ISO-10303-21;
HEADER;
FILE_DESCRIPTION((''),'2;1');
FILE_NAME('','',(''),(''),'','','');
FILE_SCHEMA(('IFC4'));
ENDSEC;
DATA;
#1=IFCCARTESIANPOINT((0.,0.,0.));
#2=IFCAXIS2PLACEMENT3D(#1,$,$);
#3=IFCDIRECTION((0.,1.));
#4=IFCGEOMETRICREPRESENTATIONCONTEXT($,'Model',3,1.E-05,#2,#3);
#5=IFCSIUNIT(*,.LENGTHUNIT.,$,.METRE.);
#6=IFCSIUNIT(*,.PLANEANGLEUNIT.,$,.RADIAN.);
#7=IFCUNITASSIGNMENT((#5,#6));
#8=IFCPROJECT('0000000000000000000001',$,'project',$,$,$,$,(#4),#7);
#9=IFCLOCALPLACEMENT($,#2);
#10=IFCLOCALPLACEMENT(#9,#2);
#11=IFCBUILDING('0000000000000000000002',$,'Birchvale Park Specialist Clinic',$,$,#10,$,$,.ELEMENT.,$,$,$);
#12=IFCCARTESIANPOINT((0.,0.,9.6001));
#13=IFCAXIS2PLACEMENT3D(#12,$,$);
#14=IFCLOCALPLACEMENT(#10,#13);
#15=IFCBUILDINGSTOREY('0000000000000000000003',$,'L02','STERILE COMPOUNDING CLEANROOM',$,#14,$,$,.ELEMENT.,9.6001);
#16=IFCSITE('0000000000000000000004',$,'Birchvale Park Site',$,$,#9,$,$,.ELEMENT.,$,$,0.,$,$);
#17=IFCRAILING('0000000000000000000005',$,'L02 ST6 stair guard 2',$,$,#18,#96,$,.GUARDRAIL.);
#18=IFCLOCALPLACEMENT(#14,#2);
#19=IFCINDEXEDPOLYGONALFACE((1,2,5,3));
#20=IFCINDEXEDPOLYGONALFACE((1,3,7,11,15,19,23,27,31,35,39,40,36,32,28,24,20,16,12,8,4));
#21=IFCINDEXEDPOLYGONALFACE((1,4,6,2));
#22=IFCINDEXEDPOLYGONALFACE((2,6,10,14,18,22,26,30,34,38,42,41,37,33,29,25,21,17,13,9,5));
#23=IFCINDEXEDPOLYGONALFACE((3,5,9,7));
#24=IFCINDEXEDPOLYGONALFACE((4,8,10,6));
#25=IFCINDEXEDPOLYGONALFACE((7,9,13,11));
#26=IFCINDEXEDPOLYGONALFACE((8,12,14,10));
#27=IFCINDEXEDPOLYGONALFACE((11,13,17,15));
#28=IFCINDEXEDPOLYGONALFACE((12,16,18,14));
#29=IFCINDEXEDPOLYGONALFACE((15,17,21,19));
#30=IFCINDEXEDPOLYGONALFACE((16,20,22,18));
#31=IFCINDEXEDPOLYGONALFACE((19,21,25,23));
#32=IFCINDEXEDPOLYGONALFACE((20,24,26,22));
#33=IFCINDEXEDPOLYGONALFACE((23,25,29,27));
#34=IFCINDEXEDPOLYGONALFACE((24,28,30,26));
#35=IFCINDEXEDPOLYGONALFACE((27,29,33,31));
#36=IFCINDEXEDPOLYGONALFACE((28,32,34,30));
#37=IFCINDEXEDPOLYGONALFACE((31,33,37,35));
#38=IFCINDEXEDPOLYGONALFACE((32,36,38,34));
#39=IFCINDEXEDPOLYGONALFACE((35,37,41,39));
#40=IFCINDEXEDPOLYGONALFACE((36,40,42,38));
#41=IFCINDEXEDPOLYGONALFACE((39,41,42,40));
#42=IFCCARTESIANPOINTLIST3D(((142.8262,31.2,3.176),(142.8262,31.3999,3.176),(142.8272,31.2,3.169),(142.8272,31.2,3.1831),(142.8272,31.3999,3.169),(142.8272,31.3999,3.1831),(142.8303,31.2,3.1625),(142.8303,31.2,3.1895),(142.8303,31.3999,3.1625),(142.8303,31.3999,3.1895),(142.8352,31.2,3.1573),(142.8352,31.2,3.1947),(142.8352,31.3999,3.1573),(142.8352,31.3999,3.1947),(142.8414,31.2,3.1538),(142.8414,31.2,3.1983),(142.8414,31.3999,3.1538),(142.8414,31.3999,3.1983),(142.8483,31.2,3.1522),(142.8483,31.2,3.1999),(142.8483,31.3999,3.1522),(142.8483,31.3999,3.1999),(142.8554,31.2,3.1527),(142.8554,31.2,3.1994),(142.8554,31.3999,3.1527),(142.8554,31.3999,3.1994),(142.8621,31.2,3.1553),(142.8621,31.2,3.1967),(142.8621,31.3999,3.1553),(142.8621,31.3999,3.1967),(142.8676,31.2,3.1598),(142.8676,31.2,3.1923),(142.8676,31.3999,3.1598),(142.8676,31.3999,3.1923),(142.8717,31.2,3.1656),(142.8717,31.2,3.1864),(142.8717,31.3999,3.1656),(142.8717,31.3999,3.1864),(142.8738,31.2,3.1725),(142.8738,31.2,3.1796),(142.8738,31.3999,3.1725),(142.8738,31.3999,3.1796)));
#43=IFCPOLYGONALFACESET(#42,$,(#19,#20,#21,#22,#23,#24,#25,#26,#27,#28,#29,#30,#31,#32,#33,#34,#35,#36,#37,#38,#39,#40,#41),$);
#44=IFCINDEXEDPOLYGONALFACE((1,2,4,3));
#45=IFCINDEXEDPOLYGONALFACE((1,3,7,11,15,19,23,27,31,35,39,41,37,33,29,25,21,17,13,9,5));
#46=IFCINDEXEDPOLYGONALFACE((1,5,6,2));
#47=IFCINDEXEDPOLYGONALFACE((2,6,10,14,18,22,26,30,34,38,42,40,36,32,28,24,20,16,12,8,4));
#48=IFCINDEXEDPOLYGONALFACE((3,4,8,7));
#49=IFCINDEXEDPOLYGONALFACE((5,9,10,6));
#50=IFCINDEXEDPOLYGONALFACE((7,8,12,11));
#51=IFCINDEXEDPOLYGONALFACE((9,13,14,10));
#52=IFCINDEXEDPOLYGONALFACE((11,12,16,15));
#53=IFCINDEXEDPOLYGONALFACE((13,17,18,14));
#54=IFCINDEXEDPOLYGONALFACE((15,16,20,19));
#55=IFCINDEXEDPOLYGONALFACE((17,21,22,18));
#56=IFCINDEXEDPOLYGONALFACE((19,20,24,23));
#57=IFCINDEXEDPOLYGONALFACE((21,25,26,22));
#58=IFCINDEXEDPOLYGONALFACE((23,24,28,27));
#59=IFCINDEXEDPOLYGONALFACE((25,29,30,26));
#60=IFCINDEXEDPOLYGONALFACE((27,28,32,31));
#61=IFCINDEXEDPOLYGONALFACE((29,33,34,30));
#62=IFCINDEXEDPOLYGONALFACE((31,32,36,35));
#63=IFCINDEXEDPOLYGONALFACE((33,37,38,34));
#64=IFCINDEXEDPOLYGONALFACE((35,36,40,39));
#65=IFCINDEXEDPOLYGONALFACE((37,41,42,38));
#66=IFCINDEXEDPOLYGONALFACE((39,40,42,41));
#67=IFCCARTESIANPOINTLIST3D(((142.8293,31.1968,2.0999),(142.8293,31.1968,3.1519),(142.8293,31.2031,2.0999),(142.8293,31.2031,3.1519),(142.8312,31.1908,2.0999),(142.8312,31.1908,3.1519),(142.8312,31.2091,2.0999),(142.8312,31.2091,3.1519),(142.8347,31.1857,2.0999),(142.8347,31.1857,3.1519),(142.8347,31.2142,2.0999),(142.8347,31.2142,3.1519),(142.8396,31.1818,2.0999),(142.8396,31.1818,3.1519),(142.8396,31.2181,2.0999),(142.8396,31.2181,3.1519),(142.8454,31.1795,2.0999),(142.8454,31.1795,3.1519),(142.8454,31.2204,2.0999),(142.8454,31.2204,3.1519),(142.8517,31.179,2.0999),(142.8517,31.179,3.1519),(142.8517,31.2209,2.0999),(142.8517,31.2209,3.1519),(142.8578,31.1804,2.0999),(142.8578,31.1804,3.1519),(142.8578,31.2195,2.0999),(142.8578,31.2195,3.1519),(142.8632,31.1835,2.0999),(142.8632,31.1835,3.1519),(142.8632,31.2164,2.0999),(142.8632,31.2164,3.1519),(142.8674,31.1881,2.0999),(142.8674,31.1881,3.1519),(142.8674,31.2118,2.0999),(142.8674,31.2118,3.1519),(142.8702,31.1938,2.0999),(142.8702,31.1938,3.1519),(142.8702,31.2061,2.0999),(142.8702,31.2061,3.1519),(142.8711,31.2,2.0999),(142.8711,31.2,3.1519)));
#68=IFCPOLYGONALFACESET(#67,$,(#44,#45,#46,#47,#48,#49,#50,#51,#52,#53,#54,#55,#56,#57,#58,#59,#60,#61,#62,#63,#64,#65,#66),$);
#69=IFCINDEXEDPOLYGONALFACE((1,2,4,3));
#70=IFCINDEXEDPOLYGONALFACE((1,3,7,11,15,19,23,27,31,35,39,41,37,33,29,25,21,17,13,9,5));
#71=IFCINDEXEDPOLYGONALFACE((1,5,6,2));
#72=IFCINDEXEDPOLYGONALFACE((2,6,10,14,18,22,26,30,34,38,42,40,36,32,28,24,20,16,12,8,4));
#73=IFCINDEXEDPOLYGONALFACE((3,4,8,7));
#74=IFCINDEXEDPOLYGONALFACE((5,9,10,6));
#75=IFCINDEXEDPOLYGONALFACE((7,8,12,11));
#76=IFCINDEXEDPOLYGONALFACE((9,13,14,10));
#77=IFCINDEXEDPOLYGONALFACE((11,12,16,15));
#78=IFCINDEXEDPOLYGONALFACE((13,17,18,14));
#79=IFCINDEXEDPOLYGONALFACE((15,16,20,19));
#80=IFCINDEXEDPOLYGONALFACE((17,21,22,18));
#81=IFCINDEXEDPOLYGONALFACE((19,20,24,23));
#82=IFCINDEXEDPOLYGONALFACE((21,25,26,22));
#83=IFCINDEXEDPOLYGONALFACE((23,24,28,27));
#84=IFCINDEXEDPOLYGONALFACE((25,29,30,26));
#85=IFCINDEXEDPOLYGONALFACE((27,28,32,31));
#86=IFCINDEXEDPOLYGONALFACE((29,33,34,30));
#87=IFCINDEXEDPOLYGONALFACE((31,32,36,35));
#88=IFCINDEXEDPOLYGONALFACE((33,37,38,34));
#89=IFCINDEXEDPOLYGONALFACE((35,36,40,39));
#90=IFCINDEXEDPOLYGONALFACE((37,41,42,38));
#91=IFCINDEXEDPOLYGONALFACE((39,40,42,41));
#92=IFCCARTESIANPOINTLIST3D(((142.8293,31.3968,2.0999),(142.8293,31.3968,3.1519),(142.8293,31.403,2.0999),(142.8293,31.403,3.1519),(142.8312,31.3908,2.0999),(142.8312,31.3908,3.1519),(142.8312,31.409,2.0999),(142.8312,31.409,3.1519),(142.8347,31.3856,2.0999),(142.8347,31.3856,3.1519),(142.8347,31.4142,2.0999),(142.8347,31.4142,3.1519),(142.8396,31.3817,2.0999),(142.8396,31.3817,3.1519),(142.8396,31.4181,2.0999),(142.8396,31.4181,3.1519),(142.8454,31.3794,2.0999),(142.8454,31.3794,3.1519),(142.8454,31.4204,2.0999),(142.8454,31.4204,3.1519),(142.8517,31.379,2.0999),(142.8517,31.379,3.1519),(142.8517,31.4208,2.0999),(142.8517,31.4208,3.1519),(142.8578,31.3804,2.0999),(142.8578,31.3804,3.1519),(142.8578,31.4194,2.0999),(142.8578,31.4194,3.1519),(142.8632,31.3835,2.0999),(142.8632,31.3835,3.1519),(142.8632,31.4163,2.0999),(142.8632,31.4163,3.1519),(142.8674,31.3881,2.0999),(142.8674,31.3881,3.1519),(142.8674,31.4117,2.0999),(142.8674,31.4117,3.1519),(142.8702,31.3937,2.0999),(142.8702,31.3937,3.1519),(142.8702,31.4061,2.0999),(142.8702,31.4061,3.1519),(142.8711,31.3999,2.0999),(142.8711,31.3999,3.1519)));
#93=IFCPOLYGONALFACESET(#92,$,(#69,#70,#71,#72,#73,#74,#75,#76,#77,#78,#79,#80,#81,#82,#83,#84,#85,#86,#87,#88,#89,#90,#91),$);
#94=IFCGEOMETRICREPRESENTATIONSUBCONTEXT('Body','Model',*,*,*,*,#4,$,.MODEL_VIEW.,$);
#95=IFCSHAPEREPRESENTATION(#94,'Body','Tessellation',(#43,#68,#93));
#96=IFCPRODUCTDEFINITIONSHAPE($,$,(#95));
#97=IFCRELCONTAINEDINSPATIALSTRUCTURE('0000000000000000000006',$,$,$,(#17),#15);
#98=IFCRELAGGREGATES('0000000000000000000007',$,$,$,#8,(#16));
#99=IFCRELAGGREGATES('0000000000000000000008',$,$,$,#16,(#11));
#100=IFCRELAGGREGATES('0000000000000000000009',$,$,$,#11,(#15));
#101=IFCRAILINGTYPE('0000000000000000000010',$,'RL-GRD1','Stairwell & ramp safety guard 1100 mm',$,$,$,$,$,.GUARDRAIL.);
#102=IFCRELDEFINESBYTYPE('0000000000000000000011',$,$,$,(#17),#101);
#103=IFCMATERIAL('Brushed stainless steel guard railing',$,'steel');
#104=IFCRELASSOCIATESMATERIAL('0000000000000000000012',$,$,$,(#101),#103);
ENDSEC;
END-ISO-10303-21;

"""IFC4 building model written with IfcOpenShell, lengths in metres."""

from ifc_helpers import new_model, si_unit, direction, frame, origin, origin_2d, place, context, subcontext, project, spatial, circle, extrude, material, type_object, element, save


model = new_model("IFC4")

# Units and contexts
model_context = context("Model", 3, precision=1e-05, world=origin(), true_north=direction((0.0, 1.0)))
body_context = subcontext(model_context, "Body", "Model", "MODEL_VIEW")
ifc_project = project(units=[si_unit("LENGTHUNIT", "METRE"), si_unit("PLANEANGLEUNIT", "RADIAN")], contexts=[model_context])

# Site, building, storey
site_placement = place(None, origin())
site = spatial("IfcSite", under=ifc_project, at=site_placement, Name="Birchvale Park Site", CompositionType="ELEMENT", RefElevation=0.0)
building_placement = place(site_placement, origin())
building = spatial("IfcBuilding", under=site, at=building_placement, Name="Birchvale Park Specialist Clinic", CompositionType="ELEMENT")
storey_placement = place(building_placement, frame((0.0, 0.0, 9.6001)))
storey = spatial("IfcBuildingStorey", under=building, at=storey_placement, Name="L02", Description="STERILE COMPOUNDING CLEANROOM", CompositionType="ELEMENT", Elevation=9.6001)

# Railing
ifc_material_1 = material(Name="Brushed stainless steel guard railing", Category="steel")
railing_type_1 = type_object("IfcRailingType", Name="RL-GRD1", Description="Stairwell & ramp safety guard 1100 mm", PredefinedType="GUARDRAIL", material=ifc_material_1)
railing_1_placement = place(storey_placement, frame((142.8501, 31.2, 2.0999)))
element("IfcRailing", 1, at=railing_1_placement, inside=storey, type_object=railing_type_1, Name="L02 ST6 stair guard 2", PredefinedType="GUARDRAIL", context=body_context, shape_type="SweptSolid", body=[
    extrude(circle(Radius=0.0239, at=origin_2d()), frame((0.0, 0.0, 1.0762), z_axis=(0.0, 1.0, 0.0), x_axis=(-1.0, 0.0, 0.0)), (0.0, 0.0, 1.0), 0.2),
    extrude(circle(Radius=0.021, at=origin_2d()), origin(), (0.0, 0.0, 1.0), 1.052),
    extrude(circle(Radius=0.021, at=origin_2d()), frame((0.0, 0.2, 0.0)), (0.0, 0.0, 1.0), 1.052),
])

save(model, "model.ifc")
